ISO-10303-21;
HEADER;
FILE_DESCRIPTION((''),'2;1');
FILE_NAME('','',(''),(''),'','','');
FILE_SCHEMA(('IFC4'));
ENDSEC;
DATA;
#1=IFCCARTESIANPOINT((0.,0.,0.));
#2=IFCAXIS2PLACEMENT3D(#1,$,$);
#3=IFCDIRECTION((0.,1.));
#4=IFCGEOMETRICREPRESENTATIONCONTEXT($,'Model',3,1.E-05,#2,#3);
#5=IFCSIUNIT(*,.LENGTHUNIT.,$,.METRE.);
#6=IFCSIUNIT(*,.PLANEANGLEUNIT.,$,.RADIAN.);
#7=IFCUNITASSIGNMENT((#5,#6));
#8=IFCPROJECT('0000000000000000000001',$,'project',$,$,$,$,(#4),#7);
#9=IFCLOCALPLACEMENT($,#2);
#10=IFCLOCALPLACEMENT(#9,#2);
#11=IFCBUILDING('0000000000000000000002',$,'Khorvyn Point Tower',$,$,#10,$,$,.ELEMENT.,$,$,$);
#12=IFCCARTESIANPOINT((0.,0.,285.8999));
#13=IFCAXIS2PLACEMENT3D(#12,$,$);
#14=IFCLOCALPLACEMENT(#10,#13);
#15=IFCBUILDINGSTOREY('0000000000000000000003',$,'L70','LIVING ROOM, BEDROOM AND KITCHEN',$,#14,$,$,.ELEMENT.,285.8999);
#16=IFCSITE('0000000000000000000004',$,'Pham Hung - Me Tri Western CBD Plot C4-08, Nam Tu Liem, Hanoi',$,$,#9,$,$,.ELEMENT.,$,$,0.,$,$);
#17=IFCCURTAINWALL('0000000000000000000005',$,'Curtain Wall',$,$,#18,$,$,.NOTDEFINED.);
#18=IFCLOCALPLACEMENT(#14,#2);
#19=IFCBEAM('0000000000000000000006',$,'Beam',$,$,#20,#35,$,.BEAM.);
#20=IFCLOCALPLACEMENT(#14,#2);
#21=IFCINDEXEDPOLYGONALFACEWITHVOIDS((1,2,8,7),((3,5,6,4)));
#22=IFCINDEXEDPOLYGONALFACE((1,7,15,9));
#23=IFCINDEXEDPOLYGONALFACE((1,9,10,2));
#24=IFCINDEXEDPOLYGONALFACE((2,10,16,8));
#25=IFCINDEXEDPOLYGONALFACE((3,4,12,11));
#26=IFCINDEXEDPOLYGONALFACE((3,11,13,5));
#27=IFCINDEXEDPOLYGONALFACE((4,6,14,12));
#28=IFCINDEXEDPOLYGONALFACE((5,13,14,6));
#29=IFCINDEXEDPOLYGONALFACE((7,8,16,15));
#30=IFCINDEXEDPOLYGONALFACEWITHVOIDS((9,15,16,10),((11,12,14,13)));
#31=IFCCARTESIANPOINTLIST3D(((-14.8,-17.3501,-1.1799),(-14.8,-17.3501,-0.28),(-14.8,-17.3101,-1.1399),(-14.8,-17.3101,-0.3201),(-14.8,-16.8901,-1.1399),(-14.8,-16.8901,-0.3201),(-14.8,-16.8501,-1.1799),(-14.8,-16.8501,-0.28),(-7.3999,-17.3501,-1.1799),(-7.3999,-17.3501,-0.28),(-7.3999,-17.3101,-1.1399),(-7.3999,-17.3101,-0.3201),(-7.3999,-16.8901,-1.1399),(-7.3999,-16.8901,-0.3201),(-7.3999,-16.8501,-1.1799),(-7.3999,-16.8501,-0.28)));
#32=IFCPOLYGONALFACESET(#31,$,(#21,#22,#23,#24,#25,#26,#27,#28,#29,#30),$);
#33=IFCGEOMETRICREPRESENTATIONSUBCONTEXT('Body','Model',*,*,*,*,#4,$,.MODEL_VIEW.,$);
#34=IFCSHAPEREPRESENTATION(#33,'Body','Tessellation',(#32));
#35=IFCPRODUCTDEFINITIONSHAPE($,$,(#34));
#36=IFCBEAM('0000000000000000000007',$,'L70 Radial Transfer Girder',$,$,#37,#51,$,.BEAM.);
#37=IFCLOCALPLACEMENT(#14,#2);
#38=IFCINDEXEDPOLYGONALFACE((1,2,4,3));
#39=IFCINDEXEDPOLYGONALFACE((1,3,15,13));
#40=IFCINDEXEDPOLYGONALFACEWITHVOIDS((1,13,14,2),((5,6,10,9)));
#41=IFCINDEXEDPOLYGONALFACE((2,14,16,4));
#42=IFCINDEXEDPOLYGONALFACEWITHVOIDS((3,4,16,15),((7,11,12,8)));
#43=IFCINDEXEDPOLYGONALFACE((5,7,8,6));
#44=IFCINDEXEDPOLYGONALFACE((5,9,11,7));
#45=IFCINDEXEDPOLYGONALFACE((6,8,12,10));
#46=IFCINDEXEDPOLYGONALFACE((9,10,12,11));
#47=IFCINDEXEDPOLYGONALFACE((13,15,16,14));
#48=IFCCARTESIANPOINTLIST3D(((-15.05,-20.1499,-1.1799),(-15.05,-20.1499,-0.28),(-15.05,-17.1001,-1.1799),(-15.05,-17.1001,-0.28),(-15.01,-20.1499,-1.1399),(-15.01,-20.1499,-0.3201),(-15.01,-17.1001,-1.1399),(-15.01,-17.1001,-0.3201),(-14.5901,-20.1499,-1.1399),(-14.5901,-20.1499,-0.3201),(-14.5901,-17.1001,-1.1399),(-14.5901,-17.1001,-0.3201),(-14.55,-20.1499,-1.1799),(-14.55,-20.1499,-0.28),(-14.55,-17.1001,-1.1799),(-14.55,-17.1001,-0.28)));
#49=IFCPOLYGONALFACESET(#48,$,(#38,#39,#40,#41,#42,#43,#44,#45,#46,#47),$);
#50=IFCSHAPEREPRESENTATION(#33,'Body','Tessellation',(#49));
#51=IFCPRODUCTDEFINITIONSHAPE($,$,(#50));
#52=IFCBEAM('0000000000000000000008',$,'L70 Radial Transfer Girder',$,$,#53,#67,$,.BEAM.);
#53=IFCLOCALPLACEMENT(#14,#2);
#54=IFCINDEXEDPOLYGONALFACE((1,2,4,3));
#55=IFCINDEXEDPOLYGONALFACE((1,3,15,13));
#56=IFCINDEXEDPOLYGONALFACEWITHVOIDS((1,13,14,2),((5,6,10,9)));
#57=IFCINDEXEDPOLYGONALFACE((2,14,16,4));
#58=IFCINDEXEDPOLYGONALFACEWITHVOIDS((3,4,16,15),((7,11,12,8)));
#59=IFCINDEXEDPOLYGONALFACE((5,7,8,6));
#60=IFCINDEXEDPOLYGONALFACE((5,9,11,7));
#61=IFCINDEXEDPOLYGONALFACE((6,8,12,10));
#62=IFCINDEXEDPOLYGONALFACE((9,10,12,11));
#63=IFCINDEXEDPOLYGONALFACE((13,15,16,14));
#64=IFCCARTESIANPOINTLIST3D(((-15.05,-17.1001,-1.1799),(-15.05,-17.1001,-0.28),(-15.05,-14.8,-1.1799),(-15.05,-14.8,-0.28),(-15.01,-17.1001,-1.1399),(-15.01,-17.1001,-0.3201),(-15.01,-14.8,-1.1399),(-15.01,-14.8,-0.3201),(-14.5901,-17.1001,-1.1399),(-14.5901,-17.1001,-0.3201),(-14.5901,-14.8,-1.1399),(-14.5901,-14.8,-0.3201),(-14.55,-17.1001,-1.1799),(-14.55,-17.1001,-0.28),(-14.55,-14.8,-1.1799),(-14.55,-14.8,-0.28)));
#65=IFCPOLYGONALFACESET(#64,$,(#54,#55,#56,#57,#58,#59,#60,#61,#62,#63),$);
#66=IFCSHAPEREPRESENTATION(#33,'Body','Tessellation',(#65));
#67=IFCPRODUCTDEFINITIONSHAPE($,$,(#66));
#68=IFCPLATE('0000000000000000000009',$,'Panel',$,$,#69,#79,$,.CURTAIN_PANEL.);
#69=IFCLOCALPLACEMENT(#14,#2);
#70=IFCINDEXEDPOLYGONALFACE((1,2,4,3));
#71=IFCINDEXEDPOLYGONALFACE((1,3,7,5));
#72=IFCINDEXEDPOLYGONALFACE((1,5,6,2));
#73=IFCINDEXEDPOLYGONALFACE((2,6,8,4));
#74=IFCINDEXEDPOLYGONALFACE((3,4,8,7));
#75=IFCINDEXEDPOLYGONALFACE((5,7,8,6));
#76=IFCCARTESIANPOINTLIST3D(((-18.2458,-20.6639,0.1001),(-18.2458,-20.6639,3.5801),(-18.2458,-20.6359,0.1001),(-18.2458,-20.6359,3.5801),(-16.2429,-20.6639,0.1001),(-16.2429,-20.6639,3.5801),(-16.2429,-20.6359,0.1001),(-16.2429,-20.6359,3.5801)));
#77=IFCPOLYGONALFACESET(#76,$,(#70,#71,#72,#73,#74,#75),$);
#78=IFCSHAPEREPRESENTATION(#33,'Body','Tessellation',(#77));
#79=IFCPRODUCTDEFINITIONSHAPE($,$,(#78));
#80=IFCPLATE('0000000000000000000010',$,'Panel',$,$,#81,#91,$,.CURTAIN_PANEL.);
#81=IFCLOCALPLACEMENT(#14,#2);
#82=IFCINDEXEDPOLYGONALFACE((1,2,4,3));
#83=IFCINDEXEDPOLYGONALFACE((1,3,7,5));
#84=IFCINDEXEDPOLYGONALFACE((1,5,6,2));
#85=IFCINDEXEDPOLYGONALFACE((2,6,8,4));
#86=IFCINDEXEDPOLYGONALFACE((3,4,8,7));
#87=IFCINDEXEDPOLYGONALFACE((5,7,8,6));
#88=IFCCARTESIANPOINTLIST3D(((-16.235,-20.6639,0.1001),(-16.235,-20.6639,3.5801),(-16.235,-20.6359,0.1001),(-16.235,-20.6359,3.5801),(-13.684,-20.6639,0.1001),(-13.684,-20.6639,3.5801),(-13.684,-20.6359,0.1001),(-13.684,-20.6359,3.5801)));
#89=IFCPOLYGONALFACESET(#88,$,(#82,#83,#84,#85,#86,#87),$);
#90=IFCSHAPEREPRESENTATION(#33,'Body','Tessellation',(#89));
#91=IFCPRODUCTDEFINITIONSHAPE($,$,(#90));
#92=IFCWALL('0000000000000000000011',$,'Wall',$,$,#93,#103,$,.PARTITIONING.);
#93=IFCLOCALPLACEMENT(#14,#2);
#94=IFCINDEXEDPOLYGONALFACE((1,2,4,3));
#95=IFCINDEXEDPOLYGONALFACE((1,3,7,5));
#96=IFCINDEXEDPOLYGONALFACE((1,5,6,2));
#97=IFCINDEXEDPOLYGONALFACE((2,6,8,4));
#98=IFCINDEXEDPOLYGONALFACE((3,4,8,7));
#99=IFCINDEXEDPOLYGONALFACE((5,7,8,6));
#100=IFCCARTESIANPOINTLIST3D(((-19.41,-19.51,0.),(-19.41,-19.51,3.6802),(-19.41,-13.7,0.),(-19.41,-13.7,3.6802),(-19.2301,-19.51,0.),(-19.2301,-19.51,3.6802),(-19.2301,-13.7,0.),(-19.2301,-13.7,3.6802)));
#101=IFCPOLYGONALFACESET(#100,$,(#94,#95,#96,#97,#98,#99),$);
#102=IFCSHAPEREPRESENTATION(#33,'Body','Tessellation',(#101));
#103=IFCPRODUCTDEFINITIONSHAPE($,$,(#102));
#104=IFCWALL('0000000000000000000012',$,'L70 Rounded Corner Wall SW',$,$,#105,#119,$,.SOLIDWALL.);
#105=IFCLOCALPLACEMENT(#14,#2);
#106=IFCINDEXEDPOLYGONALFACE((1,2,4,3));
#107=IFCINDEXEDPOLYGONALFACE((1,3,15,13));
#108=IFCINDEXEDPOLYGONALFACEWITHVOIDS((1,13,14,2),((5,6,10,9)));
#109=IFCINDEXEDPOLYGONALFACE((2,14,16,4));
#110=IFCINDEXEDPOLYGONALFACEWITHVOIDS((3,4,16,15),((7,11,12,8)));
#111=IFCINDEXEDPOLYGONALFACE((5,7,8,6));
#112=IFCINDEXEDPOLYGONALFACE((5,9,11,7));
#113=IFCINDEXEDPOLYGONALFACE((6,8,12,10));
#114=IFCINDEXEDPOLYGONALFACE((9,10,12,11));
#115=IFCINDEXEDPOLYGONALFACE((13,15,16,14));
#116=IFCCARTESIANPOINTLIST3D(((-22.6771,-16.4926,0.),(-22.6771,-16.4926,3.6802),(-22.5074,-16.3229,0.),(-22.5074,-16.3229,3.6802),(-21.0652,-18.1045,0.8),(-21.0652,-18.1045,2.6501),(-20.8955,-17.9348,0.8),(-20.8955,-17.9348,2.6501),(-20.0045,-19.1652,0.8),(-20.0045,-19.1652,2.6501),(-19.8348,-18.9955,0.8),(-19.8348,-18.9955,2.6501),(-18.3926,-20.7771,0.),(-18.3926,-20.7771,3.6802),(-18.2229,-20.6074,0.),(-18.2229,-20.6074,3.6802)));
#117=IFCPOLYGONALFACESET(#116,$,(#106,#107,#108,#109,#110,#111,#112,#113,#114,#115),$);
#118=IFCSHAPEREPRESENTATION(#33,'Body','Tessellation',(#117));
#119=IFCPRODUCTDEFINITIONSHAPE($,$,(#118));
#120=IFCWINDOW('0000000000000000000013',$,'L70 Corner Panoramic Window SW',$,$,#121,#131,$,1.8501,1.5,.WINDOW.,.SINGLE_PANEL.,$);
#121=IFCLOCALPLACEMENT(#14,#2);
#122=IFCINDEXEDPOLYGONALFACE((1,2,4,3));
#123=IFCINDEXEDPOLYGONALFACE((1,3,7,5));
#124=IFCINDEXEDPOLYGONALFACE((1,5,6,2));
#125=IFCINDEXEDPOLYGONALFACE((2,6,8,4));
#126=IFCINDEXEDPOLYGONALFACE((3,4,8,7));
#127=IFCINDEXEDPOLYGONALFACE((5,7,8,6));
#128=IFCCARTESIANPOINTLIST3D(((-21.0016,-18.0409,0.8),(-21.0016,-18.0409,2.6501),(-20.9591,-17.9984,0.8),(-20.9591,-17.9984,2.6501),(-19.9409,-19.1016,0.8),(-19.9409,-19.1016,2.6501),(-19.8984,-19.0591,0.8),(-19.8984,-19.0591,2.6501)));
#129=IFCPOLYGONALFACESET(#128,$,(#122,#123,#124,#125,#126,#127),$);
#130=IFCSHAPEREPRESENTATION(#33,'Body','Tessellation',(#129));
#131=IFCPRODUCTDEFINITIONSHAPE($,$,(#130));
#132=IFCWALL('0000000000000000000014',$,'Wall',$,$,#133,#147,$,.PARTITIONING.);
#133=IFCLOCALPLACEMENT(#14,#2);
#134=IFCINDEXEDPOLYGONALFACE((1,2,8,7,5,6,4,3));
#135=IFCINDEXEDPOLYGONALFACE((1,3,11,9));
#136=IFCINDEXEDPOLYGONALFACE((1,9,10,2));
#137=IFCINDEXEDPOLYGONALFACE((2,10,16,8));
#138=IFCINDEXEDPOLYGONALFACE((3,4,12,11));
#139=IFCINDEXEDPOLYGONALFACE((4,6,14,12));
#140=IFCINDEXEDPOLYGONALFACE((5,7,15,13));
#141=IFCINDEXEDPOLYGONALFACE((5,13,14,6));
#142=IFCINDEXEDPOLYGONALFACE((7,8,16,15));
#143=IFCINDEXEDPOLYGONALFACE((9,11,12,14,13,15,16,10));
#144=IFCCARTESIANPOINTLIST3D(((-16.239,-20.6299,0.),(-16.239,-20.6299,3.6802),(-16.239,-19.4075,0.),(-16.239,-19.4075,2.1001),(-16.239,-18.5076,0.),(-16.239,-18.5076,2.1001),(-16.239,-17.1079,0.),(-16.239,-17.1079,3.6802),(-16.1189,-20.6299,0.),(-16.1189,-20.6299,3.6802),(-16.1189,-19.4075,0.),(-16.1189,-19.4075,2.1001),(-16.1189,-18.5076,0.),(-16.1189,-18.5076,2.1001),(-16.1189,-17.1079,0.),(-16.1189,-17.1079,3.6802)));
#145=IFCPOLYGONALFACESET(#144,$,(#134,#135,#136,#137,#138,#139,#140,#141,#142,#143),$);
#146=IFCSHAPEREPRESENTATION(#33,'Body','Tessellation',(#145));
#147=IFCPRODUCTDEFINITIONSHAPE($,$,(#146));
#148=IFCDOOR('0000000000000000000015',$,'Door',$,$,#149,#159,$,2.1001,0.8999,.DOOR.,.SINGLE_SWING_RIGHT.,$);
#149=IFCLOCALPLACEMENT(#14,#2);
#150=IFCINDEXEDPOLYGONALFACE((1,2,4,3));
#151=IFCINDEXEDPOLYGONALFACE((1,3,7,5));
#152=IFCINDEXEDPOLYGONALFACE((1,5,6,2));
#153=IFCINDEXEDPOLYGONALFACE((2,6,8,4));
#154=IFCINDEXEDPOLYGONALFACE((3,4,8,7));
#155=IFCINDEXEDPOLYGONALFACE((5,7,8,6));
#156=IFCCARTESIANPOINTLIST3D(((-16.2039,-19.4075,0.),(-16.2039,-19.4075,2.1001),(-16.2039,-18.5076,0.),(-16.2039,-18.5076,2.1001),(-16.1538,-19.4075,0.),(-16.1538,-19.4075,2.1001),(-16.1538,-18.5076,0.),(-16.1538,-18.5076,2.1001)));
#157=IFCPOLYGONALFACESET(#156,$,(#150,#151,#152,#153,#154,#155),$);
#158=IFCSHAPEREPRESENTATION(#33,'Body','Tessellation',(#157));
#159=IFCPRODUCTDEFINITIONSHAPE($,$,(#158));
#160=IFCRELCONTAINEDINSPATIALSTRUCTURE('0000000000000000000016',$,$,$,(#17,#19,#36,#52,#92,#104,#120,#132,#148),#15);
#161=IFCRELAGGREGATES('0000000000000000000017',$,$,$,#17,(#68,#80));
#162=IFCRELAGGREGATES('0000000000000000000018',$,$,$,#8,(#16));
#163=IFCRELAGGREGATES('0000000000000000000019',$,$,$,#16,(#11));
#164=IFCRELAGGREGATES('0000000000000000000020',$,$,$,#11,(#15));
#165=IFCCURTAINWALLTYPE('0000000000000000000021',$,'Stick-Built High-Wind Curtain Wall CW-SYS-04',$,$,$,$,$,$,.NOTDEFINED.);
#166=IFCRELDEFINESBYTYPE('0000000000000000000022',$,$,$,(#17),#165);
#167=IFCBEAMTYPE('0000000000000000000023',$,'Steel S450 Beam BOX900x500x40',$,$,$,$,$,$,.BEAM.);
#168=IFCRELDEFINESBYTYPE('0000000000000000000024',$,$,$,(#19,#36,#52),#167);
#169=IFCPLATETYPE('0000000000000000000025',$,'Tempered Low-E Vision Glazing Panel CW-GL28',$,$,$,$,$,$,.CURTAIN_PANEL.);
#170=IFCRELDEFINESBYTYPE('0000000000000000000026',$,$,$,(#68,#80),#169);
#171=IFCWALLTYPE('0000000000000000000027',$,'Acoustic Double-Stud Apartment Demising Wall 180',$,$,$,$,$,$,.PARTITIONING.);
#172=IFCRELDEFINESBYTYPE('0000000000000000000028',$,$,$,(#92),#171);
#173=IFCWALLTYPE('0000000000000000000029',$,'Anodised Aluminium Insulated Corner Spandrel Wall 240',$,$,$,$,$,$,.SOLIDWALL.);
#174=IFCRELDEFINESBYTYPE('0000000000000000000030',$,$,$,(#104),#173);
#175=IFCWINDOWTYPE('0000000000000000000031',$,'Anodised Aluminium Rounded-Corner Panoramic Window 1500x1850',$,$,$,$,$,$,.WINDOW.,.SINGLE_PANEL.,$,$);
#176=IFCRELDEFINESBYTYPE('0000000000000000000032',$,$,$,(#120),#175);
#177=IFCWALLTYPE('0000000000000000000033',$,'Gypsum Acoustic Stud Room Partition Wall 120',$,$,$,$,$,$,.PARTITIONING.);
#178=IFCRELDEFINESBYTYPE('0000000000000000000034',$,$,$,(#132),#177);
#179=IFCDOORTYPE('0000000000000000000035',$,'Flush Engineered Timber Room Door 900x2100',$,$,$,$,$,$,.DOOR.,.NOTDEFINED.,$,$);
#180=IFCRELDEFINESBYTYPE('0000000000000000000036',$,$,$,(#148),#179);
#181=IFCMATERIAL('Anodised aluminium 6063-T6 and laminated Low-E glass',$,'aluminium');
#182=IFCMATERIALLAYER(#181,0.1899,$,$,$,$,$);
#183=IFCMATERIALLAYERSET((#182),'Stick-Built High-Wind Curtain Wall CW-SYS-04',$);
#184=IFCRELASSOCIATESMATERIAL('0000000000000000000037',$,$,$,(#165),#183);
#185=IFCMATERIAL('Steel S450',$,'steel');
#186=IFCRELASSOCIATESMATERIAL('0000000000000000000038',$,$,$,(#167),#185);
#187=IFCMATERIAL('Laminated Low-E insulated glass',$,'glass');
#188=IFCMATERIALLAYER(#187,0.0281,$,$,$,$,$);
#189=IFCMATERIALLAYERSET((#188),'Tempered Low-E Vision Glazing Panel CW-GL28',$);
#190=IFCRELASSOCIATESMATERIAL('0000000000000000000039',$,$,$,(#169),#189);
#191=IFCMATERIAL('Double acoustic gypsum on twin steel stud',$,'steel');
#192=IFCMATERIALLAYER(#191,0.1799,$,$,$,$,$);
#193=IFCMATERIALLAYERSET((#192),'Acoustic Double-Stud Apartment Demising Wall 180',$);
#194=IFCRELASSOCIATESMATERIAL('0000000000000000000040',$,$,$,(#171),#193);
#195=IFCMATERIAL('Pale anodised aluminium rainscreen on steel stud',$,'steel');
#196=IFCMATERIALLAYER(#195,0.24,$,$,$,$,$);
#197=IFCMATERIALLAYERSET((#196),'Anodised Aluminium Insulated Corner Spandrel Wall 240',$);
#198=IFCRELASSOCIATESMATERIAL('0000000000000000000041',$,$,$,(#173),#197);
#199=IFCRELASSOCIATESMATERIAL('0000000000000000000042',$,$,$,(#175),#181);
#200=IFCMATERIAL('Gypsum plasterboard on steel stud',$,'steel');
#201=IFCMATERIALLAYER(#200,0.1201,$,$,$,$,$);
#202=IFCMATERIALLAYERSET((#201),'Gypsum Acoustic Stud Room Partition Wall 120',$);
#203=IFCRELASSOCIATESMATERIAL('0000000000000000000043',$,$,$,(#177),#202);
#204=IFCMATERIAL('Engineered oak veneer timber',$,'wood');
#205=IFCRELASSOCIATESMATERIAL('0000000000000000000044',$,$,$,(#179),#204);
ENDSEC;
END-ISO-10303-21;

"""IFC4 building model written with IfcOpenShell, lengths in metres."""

from ifc_helpers import new_model, si_unit, direction, frame, frame_2d, origin, origin_2d, place, context, subcontext, project, spatial, rectangle, hollow_rectangle, extrude, material, layer, layer_set, material_profile, profile_set, type_object, element, fill, aggregate, save


model = new_model("IFC4")

# Units and contexts
model_context = context("Model", 3, precision=1e-05, world=origin(), true_north=direction((0.0, 1.0)))
body_context = subcontext(model_context, "Body", "Model", "MODEL_VIEW")
ifc_project = project(units=[si_unit("LENGTHUNIT", "METRE"), si_unit("PLANEANGLEUNIT", "RADIAN")], contexts=[model_context])

# Site, building, storey
site_placement = place(None, origin())
site = spatial("IfcSite", under=ifc_project, at=site_placement, Name="Pham Hung - Me Tri Western CBD Plot C4-08, Nam Tu Liem, Hanoi", CompositionType="ELEMENT", RefElevation=0.0)
building_placement = place(site_placement, origin())
building = spatial("IfcBuilding", under=site, at=building_placement, Name="Khorvyn Point Tower", CompositionType="ELEMENT")
storey_placement = place(building_placement, frame((0.0, 0.0, 285.8999)))
storey = spatial("IfcBuildingStorey", under=building, at=storey_placement, Name="L70", Description="LIVING ROOM, BEDROOM AND KITCHEN", CompositionType="ELEMENT", Elevation=285.8999)

# Shared definitions
ifc_material_1 = material(Name="Steel S450", Category="steel")

# Curtain wall
ifc_material_2 = material(Name="Anodised aluminium 6063-T6 and laminated Low-E glass", Category="aluminium")
ifc_layer_1 = layer(ifc_material_2, 0.1899)
ifc_layer_set_1 = layer_set([ifc_layer_1], Name="Stick-Built High-Wind Curtain Wall CW-SYS-04")
curtain_wall_type = type_object("IfcCurtainWallType", Name="Stick-Built High-Wind Curtain Wall CW-SYS-04", PredefinedType="NOTDEFINED", material=ifc_layer_set_1)
curtain_wall_1_placement = place(storey_placement, origin())
curtain_wall_1 = element("IfcCurtainWall", 1, at=curtain_wall_1_placement, inside=storey, type_object=curtain_wall_type, Name="Curtain Wall", PredefinedType="NOTDEFINED")

# Beams
ifc_material_profile_1 = material_profile(ifc_material_1, hollow_rectangle(XDim=0.5, YDim=0.8999, WallThickness=0.04, at=origin_2d()))
ifc_profile_set_1 = profile_set([ifc_material_profile_1], Name="Steel S450 BOX900x500x40")
beam_type_1 = type_object("IfcBeamType", Name="Steel S450 Beam BOX900x500x40", PredefinedType="BEAM", material=ifc_profile_set_1)
beam_1_placement = place(storey_placement, frame((-14.8, -17.1001, -0.73), z_axis=(1.0, 0.0, 0.0), x_axis=(0.0, 1.0, 0.0)))
element("IfcBeam", 2, at=beam_1_placement, inside=storey, type_object=beam_type_1, Name="Beam", PredefinedType="BEAM", context=body_context, shape_type="SweptSolid", body=[
    extrude(hollow_rectangle(XDim=0.5, YDim=0.8999, WallThickness=0.04, at=origin_2d()), origin(), (0.0, 0.0, 1.0), 7.4001),
])
beam_2_placement = place(storey_placement, frame((-14.8, -20.1499, -0.73), z_axis=(0.0, 1.0, 0.0), x_axis=(-1.0, 0.0, 0.0)))
element("IfcBeam", 3, at=beam_2_placement, inside=storey, type_object=beam_type_1, Name="L70 Radial Transfer Girder", PredefinedType="BEAM", context=body_context, shape_type="SweptSolid", body=[
    extrude(hollow_rectangle(XDim=0.5, YDim=0.8999, WallThickness=0.04, at=origin_2d()), origin(), (0.0, 0.0, 1.0), 3.0498),
])
beam_3_placement = place(storey_placement, frame((-14.8, -17.1001, -0.73), z_axis=(0.0, 1.0, 0.0), x_axis=(-1.0, 0.0, 0.0)))
element("IfcBeam", 4, at=beam_3_placement, inside=storey, type_object=beam_type_1, Name="L70 Radial Transfer Girder", PredefinedType="BEAM", context=body_context, shape_type="SweptSolid", body=[
    extrude(hollow_rectangle(XDim=0.5, YDim=0.8999, WallThickness=0.04, at=origin_2d()), origin(), (0.0, 0.0, 1.0), 2.3),
])

# Plates
ifc_material_3 = material(Name="Laminated Low-E insulated glass", Category="glass")
ifc_layer_2 = layer(ifc_material_3, 0.0281)
ifc_layer_set_2 = layer_set([ifc_layer_2], Name="Tempered Low-E Vision Glazing Panel CW-GL28")
plate_type = type_object("IfcPlateType", Name="Tempered Low-E Vision Glazing Panel CW-GL28", PredefinedType="CURTAIN_PANEL", material=ifc_layer_set_2)
plate_1_placement = place(storey_placement, frame((-17.2444, -20.6499, 0.1001), z_axis=(0.0, 0.0, 1.0), x_axis=(-1.0, 0.0, 0.0)))
plate_1 = element("IfcPlate", 5, at=plate_1_placement, type_object=plate_type, Name="Panel", PredefinedType="CURTAIN_PANEL", context=body_context, shape_type="SweptSolid", body=[
    extrude(rectangle(XDim=2.0029, YDim=0.0281, at=origin_2d()), origin(), (0.0, 0.0, 1.0), 3.48),
])
plate_2_placement = place(storey_placement, frame((-14.9595, -20.6499, 0.1001), z_axis=(0.0, 0.0, 1.0), x_axis=(-1.0, 0.0, 0.0)))
plate_2 = element("IfcPlate", 6, at=plate_2_placement, type_object=plate_type, Name="Panel", PredefinedType="CURTAIN_PANEL", context=body_context, shape_type="SweptSolid", body=[
    extrude(rectangle(XDim=2.551, YDim=0.0281, at=origin_2d()), origin(), (0.0, 0.0, 1.0), 3.48),
])
aggregate(curtain_wall_1, [plate_1, plate_2])

# Wall
ifc_material_4 = material(Name="Double acoustic gypsum on twin steel stud", Category="steel")
ifc_layer_3 = layer(ifc_material_4, 0.1799)
ifc_layer_set_3 = layer_set([ifc_layer_3], Name="Acoustic Double-Stud Apartment Demising Wall 180")
wall_type_1 = type_object("IfcWallType", Name="Acoustic Double-Stud Apartment Demising Wall 180", PredefinedType="PARTITIONING", material=ifc_layer_set_3)
wall_1_placement = place(storey_placement, frame((-19.3201, -19.51, 0.0), z_axis=(0.0, 0.0, 1.0), x_axis=(0.0, 1.0, 0.0)))
element("IfcWall", 7, at=wall_1_placement, inside=storey, type_object=wall_type_1, Name="Wall", PredefinedType="PARTITIONING", context=body_context, shape_type="SweptSolid", body=[
    extrude(rectangle(XDim=5.8101, YDim=0.1799, at=frame_2d((2.905, 0.0))), origin(), (0.0, 0.0, 1.0), 3.6802),
])

# Wall, opening, window
ifc_material_5 = material(Name="Pale anodised aluminium rainscreen on steel stud", Category="steel")
ifc_layer_4 = layer(ifc_material_5, 0.24)
ifc_layer_set_4 = layer_set([ifc_layer_4], Name="Anodised Aluminium Insulated Corner Spandrel Wall 240")
wall_type_2 = type_object("IfcWallType", Name="Anodised Aluminium Insulated Corner Spandrel Wall 240", PredefinedType="SOLIDWALL", material=ifc_layer_set_4)
wall_2_placement = place(storey_placement, frame((-18.3076, -20.6924, 0.0), z_axis=(0.0, 0.0, 1.0), x_axis=(-0.707107, 0.707107, 0.0)))
wall_2 = element("IfcWall", 8, at=wall_2_placement, inside=storey, type_object=wall_type_2, Name="L70 Rounded Corner Wall SW", PredefinedType="SOLIDWALL", context=body_context, shape_type="SweptSolid", body=[
    extrude(rectangle(XDim=6.0593, YDim=0.24, at=frame_2d((3.0298, 0.0))), origin(), (0.0, 0.0, 1.0), 3.6802),
])
opening_1_placement = place(wall_2_placement, frame((2.2798, 0.0, 0.8)))
opening_1 = element("IfcOpeningElement", 9, at=opening_1_placement, cuts=wall_2, PredefinedType="OPENING", context=body_context, shape_type="SweptSolid", body=[
    extrude(rectangle(XDim=1.5, YDim=1.8501, at=frame_2d((0.75, 0.925))), frame((0.0, 0.1299, 0.0), z_axis=(0.0, -1.0, 0.0), x_axis=(1.0, 0.0, 0.0)), (0.0, 0.0, 1.0), 0.26),
])
window_type = type_object("IfcWindowType", Name="Anodised Aluminium Rounded-Corner Panoramic Window 1500x1850", PartitioningType="SINGLE_PANEL", PredefinedType="WINDOW", material=ifc_material_2)
window_placement = place(opening_1_placement, origin())
window = element("IfcWindow", 10, at=window_placement, inside=storey, type_object=window_type, Name="L70 Corner Panoramic Window SW", OverallHeight=1.8501, OverallWidth=1.5, PartitioningType="SINGLE_PANEL", PredefinedType="WINDOW", context=body_context, shape_type="SweptSolid", body=[
    extrude(rectangle(XDim=1.5, YDim=1.8501, at=frame_2d((0.75, 0.925))), frame((0.0, 0.03, 0.0), z_axis=(0.0, -1.0, 0.0), x_axis=(1.0, 0.0, 0.0)), (0.0, 0.0, 1.0), 0.0601),
])
fill(opening_1, window)

# Wall, opening, door
ifc_material_6 = material(Name="Gypsum plasterboard on steel stud", Category="steel")
ifc_layer_5 = layer(ifc_material_6, 0.1201)
ifc_layer_set_5 = layer_set([ifc_layer_5], Name="Gypsum Acoustic Stud Room Partition Wall 120")
wall_type_3 = type_object("IfcWallType", Name="Gypsum Acoustic Stud Room Partition Wall 120", PredefinedType="PARTITIONING", material=ifc_layer_set_5)
wall_3_placement = place(storey_placement, frame((-16.179, -20.6299, 0.0), z_axis=(0.0, 0.0, 1.0), x_axis=(0.0, 1.0, 0.0)))
wall_3 = element("IfcWall", 11, at=wall_3_placement, inside=storey, type_object=wall_type_3, Name="Wall", PredefinedType="PARTITIONING", context=body_context, shape_type="SweptSolid", body=[
    extrude(rectangle(XDim=3.522, YDim=0.1201, at=frame_2d((1.761, 0.0))), origin(), (0.0, 0.0, 1.0), 3.6802),
])
opening_2_placement = place(wall_3_placement, frame((1.2224, 0.0, 0.0)))
opening_2 = element("IfcOpeningElement", 12, at=opening_2_placement, cuts=wall_3, PredefinedType="OPENING", context=body_context, shape_type="SweptSolid", body=[
    extrude(rectangle(XDim=0.8999, YDim=2.1001, at=frame_2d((0.45, 1.05))), frame((0.0, 0.0701, 0.0), z_axis=(0.0, -1.0, 0.0), x_axis=(1.0, 0.0, 0.0)), (0.0, 0.0, 1.0), 0.1401),
])
ifc_material_7 = material(Name="Engineered oak veneer timber", Category="wood")
door_type_1 = type_object("IfcDoorType", Name="Flush Engineered Timber Room Door 900x2100", OperationType="NOTDEFINED", PredefinedType="DOOR", material=ifc_material_7)
door_1_placement = place(opening_2_placement, origin())
door_1 = element("IfcDoor", 13, at=door_1_placement, inside=storey, type_object=door_type_1, Name="Door", OperationType="SINGLE_SWING_RIGHT", OverallHeight=2.1001, OverallWidth=0.8999, PredefinedType="DOOR", context=body_context, shape_type="SweptSolid", body=[
    extrude(rectangle(XDim=0.8999, YDim=2.1001, at=frame_2d((0.45, 1.05))), frame((0.0, 0.0249, 0.0), z_axis=(0.0, -1.0, 0.0), x_axis=(1.0, 0.0, 0.0)), (0.0, 0.0, 1.0), 0.05),
])
fill(opening_2, door_1)

save(model, "model.ifc")
